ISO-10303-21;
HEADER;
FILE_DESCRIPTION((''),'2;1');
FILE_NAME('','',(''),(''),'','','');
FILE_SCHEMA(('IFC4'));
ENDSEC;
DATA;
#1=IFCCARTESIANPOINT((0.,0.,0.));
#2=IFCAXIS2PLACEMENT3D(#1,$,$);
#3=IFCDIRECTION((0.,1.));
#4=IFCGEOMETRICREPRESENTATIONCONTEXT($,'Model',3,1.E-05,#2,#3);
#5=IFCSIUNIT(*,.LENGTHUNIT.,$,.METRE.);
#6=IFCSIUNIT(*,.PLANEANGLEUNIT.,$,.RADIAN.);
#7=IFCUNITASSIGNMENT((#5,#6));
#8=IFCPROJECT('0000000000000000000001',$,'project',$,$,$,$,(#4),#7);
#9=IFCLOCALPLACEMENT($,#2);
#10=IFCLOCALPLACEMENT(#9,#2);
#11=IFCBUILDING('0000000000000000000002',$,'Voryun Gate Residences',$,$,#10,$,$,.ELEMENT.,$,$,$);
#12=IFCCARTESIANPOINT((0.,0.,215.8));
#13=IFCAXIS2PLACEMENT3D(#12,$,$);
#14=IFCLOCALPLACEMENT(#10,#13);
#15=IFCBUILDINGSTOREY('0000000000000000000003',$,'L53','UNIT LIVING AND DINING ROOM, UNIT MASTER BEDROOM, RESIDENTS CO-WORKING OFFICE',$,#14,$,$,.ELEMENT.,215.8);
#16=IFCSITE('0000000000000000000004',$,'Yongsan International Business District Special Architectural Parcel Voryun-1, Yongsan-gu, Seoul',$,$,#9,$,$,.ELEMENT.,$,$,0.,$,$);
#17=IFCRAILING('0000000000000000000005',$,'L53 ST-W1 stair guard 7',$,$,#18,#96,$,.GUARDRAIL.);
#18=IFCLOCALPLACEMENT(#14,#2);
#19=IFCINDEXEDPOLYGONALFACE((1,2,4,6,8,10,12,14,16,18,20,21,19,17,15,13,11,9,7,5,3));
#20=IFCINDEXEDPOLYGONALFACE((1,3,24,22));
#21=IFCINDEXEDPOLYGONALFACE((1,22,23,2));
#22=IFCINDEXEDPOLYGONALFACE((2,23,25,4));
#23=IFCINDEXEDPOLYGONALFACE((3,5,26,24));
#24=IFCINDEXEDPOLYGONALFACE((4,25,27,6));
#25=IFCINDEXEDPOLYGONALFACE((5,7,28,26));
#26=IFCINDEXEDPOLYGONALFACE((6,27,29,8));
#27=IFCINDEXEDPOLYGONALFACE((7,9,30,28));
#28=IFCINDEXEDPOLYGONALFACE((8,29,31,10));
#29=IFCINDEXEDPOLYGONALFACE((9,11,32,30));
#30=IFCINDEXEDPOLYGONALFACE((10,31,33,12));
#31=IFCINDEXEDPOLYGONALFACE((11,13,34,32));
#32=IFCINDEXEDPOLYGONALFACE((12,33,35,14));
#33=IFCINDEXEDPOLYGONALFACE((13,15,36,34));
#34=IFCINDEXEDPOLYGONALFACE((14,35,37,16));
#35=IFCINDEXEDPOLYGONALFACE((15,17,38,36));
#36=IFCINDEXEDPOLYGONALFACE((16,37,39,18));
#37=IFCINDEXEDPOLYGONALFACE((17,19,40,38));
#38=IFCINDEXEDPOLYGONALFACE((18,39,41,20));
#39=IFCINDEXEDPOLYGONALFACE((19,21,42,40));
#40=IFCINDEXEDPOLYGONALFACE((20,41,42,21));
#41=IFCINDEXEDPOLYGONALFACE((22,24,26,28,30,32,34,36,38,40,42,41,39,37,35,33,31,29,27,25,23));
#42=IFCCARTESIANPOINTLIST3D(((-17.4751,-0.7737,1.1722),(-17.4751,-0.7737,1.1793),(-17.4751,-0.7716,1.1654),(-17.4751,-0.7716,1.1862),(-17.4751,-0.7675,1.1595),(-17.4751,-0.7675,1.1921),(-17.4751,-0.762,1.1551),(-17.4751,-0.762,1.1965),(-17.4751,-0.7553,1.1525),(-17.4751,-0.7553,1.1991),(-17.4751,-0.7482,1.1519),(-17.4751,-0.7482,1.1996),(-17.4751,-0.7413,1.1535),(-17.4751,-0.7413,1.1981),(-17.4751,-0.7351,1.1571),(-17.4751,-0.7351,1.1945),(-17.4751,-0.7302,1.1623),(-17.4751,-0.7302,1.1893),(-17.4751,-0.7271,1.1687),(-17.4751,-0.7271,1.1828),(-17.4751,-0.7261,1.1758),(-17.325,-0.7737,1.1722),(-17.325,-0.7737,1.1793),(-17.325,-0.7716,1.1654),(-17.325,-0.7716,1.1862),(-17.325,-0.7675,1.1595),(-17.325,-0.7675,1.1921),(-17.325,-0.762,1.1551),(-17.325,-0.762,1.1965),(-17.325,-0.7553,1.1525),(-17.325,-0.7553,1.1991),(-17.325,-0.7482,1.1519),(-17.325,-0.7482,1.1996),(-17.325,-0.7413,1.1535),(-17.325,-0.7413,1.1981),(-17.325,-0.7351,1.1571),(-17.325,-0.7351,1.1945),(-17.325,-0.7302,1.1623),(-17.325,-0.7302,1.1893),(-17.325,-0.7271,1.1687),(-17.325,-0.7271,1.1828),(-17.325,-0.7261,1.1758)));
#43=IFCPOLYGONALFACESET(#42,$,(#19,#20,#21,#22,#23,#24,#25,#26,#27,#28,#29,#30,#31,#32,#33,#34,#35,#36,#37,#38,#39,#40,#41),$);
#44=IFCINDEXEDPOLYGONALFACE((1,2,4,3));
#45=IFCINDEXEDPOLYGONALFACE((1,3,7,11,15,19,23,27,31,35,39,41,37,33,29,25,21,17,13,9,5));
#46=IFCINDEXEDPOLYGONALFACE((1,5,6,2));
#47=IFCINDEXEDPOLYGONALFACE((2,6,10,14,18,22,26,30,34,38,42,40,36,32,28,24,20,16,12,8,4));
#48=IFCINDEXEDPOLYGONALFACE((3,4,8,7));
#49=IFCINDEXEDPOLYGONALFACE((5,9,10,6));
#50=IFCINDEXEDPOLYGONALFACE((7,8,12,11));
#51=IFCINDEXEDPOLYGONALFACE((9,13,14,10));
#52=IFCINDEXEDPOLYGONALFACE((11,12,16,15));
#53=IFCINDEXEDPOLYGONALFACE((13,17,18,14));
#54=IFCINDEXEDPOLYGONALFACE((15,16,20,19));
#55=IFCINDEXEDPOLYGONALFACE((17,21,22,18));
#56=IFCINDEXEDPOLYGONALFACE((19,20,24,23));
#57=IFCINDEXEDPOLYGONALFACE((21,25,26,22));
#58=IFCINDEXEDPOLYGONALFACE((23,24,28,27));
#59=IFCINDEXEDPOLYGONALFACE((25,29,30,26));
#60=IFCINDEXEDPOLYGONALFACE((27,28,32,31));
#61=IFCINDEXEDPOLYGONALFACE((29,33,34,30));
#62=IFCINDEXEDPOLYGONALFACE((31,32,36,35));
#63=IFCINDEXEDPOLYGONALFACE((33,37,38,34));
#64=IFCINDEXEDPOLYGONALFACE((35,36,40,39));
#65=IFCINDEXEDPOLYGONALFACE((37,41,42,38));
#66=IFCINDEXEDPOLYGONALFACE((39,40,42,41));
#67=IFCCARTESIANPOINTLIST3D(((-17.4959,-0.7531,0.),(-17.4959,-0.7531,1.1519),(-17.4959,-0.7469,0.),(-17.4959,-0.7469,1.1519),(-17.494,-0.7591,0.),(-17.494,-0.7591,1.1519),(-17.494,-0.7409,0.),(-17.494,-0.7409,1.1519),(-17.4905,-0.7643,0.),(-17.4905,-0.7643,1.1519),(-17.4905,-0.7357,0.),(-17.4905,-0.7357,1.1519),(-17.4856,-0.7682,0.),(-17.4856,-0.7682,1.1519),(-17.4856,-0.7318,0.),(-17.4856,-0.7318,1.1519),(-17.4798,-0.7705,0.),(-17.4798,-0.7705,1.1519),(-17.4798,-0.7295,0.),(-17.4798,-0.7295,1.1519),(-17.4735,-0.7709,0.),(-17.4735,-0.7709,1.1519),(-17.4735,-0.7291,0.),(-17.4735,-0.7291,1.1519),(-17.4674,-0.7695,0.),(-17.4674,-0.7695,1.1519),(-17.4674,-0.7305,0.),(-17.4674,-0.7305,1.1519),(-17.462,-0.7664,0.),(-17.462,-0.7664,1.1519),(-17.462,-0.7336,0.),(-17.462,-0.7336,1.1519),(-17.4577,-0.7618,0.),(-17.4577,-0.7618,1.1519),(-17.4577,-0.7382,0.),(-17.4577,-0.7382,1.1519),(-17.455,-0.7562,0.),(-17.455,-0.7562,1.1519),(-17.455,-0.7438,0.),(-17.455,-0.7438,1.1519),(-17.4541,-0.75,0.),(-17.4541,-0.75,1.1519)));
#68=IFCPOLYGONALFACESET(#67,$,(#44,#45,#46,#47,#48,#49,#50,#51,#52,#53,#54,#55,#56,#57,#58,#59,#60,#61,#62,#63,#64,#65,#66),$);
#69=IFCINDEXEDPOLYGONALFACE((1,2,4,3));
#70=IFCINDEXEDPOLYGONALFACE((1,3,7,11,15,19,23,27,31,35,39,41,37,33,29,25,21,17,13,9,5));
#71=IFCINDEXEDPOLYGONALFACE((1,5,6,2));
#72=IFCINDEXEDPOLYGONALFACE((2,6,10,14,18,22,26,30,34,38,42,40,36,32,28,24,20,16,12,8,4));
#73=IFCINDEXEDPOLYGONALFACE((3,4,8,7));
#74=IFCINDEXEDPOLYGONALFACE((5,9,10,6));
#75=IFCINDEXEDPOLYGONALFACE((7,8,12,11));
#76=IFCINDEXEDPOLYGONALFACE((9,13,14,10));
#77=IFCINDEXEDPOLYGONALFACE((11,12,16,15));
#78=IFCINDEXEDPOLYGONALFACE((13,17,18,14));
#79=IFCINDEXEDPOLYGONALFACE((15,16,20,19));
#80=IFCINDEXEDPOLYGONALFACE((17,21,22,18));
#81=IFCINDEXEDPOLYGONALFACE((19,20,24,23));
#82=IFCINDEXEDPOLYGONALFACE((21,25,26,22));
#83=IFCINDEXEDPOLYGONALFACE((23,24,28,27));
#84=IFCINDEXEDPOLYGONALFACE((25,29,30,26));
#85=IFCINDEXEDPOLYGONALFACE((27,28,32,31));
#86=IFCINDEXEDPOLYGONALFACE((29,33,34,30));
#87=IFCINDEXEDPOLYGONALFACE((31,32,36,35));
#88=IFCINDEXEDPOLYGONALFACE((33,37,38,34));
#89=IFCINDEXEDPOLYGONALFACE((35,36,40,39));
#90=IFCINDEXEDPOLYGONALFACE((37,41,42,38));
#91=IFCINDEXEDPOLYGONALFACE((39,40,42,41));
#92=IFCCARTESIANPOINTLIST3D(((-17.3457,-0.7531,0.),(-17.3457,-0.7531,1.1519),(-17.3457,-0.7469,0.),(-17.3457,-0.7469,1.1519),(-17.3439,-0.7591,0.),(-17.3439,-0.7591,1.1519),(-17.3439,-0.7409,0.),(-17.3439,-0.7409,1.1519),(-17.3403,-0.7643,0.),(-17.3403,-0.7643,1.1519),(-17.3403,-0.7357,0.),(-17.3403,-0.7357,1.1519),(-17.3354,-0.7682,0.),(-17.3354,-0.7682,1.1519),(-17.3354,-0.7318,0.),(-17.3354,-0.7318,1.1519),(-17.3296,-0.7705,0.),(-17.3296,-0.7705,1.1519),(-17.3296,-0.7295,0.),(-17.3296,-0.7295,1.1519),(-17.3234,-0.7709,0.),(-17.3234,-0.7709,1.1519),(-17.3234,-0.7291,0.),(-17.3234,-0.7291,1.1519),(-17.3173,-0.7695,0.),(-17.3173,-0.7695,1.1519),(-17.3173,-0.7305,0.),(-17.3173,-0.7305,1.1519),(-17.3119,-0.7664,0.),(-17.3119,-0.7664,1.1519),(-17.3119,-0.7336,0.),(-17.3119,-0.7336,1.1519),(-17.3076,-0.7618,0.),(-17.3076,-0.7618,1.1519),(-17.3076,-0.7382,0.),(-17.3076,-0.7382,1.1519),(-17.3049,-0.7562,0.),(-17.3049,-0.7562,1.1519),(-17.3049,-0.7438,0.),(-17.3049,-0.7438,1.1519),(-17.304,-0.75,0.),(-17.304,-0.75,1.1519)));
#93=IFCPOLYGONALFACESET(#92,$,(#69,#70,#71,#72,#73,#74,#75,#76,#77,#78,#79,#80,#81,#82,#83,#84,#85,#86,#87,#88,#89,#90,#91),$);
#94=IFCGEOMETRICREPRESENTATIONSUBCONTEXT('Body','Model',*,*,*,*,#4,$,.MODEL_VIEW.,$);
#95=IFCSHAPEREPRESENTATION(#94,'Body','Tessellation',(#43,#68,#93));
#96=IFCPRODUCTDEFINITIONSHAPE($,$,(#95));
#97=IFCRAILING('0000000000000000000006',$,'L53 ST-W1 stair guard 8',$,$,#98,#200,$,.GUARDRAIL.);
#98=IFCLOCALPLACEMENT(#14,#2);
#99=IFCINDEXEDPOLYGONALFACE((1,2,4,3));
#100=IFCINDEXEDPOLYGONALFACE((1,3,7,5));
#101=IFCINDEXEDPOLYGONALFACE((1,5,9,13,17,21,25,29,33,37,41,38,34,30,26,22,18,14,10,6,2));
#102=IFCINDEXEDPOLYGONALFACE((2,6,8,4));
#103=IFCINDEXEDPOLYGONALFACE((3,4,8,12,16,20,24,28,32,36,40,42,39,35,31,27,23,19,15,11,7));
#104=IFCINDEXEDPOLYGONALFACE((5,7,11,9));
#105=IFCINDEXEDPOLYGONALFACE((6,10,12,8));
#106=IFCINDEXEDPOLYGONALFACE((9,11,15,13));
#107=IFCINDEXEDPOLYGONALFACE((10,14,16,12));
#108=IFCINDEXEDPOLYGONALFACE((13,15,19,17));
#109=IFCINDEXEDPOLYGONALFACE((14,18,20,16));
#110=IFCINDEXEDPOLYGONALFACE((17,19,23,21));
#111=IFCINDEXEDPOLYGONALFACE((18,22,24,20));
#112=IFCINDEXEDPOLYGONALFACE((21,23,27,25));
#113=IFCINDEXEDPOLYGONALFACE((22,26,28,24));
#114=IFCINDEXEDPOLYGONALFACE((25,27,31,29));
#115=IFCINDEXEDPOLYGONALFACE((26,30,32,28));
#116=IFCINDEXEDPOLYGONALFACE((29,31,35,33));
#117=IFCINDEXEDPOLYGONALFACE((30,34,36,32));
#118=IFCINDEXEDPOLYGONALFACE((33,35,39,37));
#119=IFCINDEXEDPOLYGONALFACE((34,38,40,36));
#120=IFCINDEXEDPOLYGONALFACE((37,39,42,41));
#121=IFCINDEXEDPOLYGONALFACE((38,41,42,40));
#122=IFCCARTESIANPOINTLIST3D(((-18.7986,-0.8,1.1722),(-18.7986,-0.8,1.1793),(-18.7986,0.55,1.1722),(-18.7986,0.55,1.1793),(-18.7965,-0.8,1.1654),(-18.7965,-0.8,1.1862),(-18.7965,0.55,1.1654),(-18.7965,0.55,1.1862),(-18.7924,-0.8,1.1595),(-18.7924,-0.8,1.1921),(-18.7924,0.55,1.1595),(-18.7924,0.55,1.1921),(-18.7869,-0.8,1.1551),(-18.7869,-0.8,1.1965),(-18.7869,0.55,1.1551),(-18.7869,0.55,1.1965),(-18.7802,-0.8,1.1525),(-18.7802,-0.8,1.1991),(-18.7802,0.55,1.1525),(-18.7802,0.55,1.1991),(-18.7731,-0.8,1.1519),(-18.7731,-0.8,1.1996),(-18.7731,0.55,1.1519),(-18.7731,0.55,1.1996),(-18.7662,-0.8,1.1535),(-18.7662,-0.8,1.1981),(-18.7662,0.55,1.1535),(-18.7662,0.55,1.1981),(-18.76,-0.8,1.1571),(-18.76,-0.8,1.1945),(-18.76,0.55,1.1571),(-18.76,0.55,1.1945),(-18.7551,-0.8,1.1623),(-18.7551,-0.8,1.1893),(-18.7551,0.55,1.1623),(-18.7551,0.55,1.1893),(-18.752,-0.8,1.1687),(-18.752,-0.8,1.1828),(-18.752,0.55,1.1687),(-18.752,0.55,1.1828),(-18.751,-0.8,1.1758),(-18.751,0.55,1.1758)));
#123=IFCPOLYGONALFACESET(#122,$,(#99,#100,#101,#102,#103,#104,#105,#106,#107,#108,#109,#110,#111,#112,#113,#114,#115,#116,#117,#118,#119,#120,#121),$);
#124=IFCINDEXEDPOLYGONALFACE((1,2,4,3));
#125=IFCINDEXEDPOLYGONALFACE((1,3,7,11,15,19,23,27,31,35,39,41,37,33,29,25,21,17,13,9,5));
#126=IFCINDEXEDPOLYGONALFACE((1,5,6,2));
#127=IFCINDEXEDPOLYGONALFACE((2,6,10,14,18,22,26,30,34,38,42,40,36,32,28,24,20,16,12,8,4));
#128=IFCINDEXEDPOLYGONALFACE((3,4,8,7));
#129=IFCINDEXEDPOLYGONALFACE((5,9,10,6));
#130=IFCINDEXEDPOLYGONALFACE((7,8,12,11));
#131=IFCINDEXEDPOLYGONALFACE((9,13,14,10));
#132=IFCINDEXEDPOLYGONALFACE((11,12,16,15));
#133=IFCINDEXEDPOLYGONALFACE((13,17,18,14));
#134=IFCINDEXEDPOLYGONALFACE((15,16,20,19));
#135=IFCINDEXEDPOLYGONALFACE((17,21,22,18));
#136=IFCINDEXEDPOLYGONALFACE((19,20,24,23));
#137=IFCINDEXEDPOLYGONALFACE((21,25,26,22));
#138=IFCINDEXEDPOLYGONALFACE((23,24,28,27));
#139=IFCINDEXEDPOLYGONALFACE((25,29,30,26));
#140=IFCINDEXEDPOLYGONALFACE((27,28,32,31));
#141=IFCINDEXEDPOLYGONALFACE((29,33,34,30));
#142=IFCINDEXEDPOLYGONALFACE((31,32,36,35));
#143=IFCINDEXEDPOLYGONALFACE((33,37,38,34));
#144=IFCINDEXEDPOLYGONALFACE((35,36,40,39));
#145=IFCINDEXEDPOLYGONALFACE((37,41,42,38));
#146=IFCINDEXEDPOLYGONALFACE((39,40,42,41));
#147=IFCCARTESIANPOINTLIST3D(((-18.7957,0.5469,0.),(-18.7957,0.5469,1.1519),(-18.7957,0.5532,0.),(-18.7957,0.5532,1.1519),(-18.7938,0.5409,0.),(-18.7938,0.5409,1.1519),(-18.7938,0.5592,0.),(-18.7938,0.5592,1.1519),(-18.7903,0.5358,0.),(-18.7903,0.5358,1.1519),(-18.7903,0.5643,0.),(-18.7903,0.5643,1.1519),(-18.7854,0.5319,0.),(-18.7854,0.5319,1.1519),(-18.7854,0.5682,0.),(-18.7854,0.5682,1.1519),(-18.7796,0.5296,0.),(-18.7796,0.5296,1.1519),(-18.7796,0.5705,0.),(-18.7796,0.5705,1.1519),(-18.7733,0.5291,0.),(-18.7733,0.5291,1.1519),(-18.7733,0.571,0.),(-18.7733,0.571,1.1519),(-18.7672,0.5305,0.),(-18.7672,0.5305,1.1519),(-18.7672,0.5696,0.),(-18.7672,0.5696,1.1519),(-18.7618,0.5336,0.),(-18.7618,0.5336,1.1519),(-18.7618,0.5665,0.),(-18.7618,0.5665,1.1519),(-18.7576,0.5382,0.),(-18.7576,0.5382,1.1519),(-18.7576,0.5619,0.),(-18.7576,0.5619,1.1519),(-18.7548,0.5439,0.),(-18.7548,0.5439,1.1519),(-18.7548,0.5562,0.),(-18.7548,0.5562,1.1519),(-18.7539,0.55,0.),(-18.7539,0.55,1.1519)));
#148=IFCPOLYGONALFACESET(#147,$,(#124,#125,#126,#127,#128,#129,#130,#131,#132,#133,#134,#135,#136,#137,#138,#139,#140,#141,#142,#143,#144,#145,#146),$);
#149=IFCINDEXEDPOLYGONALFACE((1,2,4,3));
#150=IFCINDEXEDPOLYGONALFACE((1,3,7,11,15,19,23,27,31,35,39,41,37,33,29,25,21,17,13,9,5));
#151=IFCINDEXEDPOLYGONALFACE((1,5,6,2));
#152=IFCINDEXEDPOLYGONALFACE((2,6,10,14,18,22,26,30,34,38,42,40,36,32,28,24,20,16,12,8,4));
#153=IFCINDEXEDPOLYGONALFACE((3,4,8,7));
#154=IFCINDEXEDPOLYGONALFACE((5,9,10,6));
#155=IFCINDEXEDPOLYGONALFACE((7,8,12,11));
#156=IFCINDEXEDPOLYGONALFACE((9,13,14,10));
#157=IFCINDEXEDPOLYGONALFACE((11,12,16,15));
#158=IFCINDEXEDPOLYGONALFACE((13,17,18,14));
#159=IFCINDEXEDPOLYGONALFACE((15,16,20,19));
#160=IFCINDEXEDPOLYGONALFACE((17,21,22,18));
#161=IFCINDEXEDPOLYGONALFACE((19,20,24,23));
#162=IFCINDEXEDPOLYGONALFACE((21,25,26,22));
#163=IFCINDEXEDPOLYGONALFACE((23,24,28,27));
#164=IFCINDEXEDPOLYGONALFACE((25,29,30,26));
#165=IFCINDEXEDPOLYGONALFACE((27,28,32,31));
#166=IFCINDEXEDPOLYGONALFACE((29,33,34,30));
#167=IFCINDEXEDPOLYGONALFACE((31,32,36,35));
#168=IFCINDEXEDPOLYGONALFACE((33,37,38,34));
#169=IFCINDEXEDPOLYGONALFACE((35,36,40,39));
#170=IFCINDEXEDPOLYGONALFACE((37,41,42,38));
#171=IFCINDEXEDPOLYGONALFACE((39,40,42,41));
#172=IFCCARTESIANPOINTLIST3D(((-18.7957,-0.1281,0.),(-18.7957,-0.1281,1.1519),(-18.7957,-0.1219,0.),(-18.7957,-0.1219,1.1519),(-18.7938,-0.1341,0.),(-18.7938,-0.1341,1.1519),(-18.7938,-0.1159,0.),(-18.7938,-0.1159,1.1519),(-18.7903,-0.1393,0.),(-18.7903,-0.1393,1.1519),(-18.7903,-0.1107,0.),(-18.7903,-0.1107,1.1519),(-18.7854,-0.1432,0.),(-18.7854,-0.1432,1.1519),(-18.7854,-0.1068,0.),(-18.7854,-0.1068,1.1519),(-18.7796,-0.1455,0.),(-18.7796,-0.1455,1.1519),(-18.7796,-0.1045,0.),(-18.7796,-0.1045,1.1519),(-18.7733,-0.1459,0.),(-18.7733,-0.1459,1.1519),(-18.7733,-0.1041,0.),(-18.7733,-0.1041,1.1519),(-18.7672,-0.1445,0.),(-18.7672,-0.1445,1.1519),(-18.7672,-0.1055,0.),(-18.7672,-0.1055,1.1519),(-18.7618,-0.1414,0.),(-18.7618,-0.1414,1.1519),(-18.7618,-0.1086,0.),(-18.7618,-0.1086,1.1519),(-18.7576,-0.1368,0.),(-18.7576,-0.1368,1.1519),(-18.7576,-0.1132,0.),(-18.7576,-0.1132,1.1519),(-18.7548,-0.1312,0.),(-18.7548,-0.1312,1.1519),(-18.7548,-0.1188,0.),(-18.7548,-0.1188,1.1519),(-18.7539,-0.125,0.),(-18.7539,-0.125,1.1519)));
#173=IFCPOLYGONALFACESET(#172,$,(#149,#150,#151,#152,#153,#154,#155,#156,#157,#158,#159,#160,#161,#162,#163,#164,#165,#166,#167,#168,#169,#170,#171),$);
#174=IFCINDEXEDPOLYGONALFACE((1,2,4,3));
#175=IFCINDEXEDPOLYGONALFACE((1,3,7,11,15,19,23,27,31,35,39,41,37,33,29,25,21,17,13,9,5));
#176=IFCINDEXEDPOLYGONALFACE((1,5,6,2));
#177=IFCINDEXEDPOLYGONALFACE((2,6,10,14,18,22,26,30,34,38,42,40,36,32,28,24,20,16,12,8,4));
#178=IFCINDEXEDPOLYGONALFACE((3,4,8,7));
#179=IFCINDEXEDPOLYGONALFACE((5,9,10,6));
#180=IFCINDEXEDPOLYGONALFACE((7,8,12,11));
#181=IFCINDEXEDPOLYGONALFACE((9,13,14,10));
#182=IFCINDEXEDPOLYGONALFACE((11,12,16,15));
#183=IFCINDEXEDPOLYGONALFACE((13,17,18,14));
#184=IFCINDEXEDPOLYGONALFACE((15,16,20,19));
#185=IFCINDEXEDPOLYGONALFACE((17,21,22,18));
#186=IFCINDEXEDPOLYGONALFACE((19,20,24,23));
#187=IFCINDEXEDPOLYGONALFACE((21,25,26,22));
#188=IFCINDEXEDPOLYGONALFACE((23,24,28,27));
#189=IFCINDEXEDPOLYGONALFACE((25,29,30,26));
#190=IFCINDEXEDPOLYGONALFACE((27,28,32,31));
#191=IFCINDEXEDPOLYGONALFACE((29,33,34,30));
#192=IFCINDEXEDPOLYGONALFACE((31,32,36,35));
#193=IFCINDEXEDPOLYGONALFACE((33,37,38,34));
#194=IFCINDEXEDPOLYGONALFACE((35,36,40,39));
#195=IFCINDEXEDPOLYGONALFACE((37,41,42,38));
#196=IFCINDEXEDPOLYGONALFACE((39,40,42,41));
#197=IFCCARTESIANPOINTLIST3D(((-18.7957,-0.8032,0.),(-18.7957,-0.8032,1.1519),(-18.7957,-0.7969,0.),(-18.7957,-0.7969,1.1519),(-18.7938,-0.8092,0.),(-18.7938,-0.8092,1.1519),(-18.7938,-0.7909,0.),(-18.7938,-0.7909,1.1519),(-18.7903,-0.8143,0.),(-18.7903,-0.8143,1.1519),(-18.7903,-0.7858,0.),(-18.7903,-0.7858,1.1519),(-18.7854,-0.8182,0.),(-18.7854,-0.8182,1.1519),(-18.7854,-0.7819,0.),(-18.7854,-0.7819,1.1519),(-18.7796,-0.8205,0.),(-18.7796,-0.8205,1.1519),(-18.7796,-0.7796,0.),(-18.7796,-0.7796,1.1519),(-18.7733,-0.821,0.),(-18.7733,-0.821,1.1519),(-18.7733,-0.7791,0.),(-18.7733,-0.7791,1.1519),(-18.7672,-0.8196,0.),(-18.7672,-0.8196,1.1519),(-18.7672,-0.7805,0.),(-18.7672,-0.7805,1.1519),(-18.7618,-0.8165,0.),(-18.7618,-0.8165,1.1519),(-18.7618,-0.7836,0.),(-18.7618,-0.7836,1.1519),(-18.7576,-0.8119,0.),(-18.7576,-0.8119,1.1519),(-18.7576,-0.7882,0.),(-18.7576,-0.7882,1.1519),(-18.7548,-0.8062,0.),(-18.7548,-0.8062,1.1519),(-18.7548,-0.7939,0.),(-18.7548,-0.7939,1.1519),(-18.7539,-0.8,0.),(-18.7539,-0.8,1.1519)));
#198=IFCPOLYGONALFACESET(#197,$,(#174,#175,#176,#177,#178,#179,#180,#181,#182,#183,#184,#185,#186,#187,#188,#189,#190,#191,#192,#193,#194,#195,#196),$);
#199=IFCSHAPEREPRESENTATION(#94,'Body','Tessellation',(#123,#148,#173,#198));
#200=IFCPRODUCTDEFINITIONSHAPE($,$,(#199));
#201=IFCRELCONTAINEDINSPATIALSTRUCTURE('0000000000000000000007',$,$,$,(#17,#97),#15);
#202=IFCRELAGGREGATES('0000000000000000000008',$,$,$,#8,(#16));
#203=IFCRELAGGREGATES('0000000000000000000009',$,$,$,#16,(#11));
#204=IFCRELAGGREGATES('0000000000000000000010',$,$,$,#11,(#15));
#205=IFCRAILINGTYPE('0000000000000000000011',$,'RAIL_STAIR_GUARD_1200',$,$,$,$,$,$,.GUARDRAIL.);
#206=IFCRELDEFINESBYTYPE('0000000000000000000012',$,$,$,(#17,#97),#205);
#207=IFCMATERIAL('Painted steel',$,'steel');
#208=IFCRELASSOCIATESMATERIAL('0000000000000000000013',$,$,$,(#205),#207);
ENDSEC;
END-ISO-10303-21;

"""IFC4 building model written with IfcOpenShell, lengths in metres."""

from ifc_helpers import new_model, si_unit, direction, frame, origin, origin_2d, place, context, subcontext, project, spatial, circle, extrude, material, type_object, element, save


model = new_model("IFC4")

# Units and contexts
model_context = context("Model", 3, precision=1e-05, world=origin(), true_north=direction((0.0, 1.0)))
body_context = subcontext(model_context, "Body", "Model", "MODEL_VIEW")
ifc_project = project(units=[si_unit("LENGTHUNIT", "METRE"), si_unit("PLANEANGLEUNIT", "RADIAN")], contexts=[model_context])

# Site, building, storey
site_placement = place(None, origin())
site = spatial("IfcSite", under=ifc_project, at=site_placement, Name="Yongsan International Business District Special Architectural Parcel Voryun-1, Yongsan-gu, Seoul", CompositionType="ELEMENT", RefElevation=0.0)
building_placement = place(site_placement, origin())
building = spatial("IfcBuilding", under=site, at=building_placement, Name="Voryun Gate Residences", CompositionType="ELEMENT")
storey_placement = place(building_placement, frame((0.0, 0.0, 215.8)))
storey = spatial("IfcBuildingStorey", under=building, at=storey_placement, Name="L53", Description="UNIT LIVING AND DINING ROOM, UNIT MASTER BEDROOM, RESIDENTS CO-WORKING OFFICE", CompositionType="ELEMENT", Elevation=215.8)

# Railings
ifc_material_1 = material(Name="Painted steel", Category="steel")
railing_type = type_object("IfcRailingType", Name="RAIL_STAIR_GUARD_1200", PredefinedType="GUARDRAIL", material=ifc_material_1)
railing_1_placement = place(storey_placement, frame((-17.4751, -0.75, 0.0)))
element("IfcRailing", 1, at=railing_1_placement, inside=storey, type_object=railing_type, Name="L53 ST-W1 stair guard 7", PredefinedType="GUARDRAIL", context=body_context, shape_type="SweptSolid", body=[
    extrude(circle(Radius=0.0239, at=origin_2d()), frame((0.0, 0.0, 1.1758), z_axis=(1.0, 0.0, 0.0), x_axis=(0.0, 1.0, 0.0)), (0.0, 0.0, 1.0), 0.1501),
    extrude(circle(Radius=0.021, at=origin_2d()), origin(), (0.0, 0.0, 1.0), 1.1519),
    extrude(circle(Radius=0.021, at=origin_2d()), frame((0.1501, 0.0, 0.0)), (0.0, 0.0, 1.0), 1.1519),
])
railing_2_placement = place(storey_placement, frame((-18.7749, 0.55, 0.0)))
element("IfcRailing", 2, at=railing_2_placement, inside=storey, type_object=railing_type, Name="L53 ST-W1 stair guard 8", PredefinedType="GUARDRAIL", context=body_context, shape_type="SweptSolid", body=[
    extrude(circle(Radius=0.0239, at=origin_2d()), frame((0.0, 0.0, 1.1758), z_axis=(0.0, -1.0, 0.0), x_axis=(1.0, 0.0, 0.0)), (0.0, 0.0, 1.0), 1.3501),
    extrude(circle(Radius=0.021, at=origin_2d()), origin(), (0.0, 0.0, 1.0), 1.1519),
    extrude(circle(Radius=0.021, at=origin_2d()), frame((0.0, -0.675, 0.0)), (0.0, 0.0, 1.0), 1.1519),
    extrude(circle(Radius=0.021, at=origin_2d()), frame((0.0, -1.3501, 0.0)), (0.0, 0.0, 1.0), 1.1519),
])

save(model, "model.ifc")
